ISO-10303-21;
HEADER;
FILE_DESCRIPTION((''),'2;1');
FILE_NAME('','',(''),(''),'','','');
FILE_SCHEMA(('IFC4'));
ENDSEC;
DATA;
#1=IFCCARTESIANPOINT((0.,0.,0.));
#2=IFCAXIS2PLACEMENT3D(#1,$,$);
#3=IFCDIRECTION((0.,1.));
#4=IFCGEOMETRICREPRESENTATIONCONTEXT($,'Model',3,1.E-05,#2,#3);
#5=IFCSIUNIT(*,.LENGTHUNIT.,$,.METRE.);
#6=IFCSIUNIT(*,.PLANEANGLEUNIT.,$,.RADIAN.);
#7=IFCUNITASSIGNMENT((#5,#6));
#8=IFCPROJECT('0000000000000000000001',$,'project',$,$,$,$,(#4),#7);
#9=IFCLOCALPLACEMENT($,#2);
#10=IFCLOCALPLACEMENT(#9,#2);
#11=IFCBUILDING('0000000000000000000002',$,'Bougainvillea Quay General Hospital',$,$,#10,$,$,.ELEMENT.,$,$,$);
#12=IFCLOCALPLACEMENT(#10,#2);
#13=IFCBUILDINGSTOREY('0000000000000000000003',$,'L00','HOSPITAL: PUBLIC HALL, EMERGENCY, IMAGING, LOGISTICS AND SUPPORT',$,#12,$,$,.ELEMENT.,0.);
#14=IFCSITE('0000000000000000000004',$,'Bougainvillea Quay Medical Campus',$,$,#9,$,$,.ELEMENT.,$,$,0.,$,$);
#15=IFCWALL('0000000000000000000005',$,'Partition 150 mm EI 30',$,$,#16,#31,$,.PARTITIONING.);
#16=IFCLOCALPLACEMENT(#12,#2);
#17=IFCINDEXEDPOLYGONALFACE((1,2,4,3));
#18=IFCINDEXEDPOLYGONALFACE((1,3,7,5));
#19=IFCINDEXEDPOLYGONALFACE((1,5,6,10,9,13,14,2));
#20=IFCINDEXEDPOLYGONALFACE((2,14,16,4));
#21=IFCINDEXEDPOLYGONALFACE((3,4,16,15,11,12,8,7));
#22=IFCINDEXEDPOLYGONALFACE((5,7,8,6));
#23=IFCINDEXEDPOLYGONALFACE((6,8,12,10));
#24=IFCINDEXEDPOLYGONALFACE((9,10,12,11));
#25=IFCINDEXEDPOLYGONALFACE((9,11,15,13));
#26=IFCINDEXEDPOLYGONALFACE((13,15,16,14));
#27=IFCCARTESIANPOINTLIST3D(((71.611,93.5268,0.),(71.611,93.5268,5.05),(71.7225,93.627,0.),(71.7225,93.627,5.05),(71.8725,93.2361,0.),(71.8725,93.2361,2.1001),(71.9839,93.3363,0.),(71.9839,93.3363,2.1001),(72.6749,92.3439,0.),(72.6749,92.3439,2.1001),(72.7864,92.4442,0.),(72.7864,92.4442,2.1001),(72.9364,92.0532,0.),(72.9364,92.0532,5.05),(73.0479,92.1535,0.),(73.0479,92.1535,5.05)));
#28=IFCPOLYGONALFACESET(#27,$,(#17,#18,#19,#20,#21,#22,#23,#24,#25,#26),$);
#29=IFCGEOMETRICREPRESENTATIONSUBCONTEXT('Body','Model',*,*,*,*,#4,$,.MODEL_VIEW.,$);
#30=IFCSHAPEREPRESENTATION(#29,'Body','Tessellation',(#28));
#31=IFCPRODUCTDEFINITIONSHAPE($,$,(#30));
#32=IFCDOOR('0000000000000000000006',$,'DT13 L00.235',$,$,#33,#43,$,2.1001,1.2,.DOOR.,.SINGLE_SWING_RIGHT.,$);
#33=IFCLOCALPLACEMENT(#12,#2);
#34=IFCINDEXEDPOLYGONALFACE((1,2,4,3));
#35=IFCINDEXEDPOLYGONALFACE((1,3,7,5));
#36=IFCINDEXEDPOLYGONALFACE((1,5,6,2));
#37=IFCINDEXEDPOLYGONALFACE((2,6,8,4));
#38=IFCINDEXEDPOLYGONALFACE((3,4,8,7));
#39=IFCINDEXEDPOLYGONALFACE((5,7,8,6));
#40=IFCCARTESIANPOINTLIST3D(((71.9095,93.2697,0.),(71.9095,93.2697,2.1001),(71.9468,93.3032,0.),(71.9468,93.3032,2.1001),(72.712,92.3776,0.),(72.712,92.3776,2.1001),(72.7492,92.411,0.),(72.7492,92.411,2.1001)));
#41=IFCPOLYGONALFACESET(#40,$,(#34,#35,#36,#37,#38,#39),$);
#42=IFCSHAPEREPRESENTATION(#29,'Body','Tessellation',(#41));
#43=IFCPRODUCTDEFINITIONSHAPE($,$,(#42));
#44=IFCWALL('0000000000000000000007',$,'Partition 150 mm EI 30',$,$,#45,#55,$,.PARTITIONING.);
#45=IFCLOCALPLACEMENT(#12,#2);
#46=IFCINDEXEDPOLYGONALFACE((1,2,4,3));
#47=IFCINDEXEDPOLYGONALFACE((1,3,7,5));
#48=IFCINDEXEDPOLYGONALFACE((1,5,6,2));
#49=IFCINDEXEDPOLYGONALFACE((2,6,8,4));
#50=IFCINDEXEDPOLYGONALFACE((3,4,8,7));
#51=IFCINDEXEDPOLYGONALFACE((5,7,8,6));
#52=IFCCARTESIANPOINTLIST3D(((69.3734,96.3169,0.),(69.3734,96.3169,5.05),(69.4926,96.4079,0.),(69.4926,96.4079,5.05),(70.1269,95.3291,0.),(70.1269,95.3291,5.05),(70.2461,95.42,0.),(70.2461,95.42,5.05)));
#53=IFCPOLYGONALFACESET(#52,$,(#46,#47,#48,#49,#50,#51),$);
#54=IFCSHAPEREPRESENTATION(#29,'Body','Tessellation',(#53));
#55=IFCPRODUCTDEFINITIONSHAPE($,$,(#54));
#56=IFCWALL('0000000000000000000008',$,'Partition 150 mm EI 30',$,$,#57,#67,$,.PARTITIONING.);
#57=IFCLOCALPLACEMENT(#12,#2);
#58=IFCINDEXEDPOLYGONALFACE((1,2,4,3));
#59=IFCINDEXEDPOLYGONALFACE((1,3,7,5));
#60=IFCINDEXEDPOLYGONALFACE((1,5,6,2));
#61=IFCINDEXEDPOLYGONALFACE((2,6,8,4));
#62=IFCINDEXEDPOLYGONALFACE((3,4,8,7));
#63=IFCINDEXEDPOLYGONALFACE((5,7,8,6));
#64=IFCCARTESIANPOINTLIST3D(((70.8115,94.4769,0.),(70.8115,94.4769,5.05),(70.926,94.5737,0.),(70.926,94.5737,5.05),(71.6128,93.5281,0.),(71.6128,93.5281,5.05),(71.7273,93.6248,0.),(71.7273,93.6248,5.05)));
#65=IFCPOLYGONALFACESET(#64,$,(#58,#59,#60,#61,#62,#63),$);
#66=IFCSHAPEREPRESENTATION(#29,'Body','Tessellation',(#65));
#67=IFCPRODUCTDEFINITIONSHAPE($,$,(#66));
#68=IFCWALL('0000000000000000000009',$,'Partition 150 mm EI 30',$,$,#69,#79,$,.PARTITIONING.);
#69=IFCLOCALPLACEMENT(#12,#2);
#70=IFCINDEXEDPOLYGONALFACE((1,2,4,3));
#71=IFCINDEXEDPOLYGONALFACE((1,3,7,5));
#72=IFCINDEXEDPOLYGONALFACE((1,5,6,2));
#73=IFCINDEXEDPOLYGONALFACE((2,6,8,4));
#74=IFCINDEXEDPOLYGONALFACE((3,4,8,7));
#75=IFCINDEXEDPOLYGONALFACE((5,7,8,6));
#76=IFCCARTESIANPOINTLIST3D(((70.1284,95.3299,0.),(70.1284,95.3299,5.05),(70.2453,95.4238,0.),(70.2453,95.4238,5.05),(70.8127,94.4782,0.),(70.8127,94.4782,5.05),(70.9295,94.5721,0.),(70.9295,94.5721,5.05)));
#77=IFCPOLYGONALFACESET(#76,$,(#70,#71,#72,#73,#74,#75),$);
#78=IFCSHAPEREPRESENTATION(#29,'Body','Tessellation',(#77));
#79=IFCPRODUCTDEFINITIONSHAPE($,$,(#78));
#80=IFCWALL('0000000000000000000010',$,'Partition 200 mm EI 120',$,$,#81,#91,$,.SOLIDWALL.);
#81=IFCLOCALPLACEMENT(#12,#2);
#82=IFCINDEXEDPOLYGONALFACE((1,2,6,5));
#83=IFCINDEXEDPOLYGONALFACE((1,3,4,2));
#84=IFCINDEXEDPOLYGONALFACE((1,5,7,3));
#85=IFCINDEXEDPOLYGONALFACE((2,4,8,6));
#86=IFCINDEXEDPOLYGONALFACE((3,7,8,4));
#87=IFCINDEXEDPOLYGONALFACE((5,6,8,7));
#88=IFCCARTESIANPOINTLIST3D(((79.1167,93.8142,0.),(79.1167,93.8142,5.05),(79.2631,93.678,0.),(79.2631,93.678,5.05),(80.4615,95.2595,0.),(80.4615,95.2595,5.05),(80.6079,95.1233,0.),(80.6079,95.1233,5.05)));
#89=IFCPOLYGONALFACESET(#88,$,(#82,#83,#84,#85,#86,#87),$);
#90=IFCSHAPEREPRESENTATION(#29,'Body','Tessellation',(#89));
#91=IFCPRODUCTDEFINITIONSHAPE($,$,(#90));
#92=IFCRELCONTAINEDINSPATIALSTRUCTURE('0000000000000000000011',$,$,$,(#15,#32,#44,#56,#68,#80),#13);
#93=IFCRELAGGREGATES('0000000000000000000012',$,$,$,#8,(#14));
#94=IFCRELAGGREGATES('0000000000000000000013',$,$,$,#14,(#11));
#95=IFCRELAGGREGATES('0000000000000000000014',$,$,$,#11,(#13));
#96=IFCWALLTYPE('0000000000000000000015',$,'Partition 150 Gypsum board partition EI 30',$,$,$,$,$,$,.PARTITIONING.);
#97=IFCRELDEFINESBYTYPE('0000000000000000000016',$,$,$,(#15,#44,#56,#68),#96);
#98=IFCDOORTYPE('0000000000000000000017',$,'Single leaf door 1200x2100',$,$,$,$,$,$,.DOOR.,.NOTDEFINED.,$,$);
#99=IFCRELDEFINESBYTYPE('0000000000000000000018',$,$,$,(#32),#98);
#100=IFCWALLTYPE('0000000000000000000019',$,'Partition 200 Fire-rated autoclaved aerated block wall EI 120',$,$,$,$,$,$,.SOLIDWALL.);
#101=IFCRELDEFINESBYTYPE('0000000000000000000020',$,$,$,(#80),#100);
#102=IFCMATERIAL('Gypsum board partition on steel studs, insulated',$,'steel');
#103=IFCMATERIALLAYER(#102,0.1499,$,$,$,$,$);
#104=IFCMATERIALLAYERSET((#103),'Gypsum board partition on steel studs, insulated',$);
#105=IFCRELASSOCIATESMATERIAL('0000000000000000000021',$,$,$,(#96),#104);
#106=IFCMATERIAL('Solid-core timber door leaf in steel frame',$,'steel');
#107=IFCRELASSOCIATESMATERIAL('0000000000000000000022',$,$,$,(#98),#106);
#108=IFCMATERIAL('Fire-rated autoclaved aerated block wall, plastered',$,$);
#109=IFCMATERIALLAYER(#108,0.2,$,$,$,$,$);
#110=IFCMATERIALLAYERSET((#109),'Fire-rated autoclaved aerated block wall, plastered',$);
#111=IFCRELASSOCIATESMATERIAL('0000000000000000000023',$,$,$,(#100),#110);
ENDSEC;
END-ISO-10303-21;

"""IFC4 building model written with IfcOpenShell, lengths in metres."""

from ifc_helpers import new_model, si_unit, direction, frame, frame_2d, origin, place, context, subcontext, project, spatial, rectangle, extrude, material, layer, layer_set, type_object, element, fill, save


model = new_model("IFC4")

# Units and contexts
model_context = context("Model", 3, precision=1e-05, world=origin(), true_north=direction((0.0, 1.0)))
body_context = subcontext(model_context, "Body", "Model", "MODEL_VIEW")
ifc_project = project(units=[si_unit("LENGTHUNIT", "METRE"), si_unit("PLANEANGLEUNIT", "RADIAN")], contexts=[model_context])

# Site, building, storey
site_placement = place(None, origin())
site = spatial("IfcSite", under=ifc_project, at=site_placement, Name="Bougainvillea Quay Medical Campus", CompositionType="ELEMENT", RefElevation=0.0)
building_placement = place(site_placement, origin())
building = spatial("IfcBuilding", under=site, at=building_placement, Name="Bougainvillea Quay General Hospital", CompositionType="ELEMENT")
storey_placement = place(building_placement, origin())
storey = spatial("IfcBuildingStorey", under=building, at=storey_placement, Name="L00", Description="HOSPITAL: PUBLIC HALL, EMERGENCY, IMAGING, LOGISTICS AND SUPPORT", CompositionType="ELEMENT", Elevation=0.0)

# Shared definitions
ifc_material_1 = material(Name="Gypsum board partition on steel studs, insulated", Category="steel")
ifc_layer_1 = layer(ifc_material_1, 0.1499)
ifc_layer_set_1 = layer_set([ifc_layer_1], Name="Gypsum board partition on steel studs, insulated")
wall_type_1 = type_object("IfcWallType", Name="Partition 150 Gypsum board partition EI 30", PredefinedType="PARTITIONING", material=ifc_layer_set_1)

# Shared definitions
ifc_material_2 = material(Name="Solid-core timber door leaf in steel frame", Category="steel")

# Wall, opening, door
wall_1_placement = place(storey_placement, frame((71.6667, 93.5769, 0.0), z_axis=(0.0, 0.0, 1.0), x_axis=(0.668733, -0.743502, 0.0)))
wall_1 = element("IfcWall", 1, at=wall_1_placement, inside=storey, type_object=wall_type_1, Name="Partition 150 mm EI 30", PredefinedType="PARTITIONING", context=body_context, shape_type="SweptSolid", body=[
    extrude(rectangle(XDim=1.9819, YDim=0.1499, at=frame_2d((0.991, 0.0))), origin(), (0.0, 0.0, 1.0), 5.05),
])
opening_1_placement = place(wall_1_placement, frame((0.3909, 0.0, 0.0)))
opening_1 = element("IfcOpeningElement", 2, at=opening_1_placement, cuts=wall_1, PredefinedType="OPENING", context=body_context, shape_type="SweptSolid", body=[
    extrude(rectangle(XDim=1.2, YDim=2.1001, at=frame_2d((0.6001, 1.05))), frame((0.0, 0.085, 0.0), z_axis=(0.0, -1.0, 0.0), x_axis=(1.0, 0.0, 0.0)), (0.0, 0.0, 1.0), 0.1699),
])
door_type_1 = type_object("IfcDoorType", Name="Single leaf door 1200x2100", OperationType="NOTDEFINED", PredefinedType="DOOR", material=ifc_material_2)
door_1_placement = place(opening_1_placement, frame((1.2, 0.0, 0.0), z_axis=(0.0, 0.0, 1.0), x_axis=(-1.0, 0.0, 0.0)))
door_1 = element("IfcDoor", 3, at=door_1_placement, inside=storey, type_object=door_type_1, Name="DT13 L00.235", OperationType="SINGLE_SWING_RIGHT", OverallHeight=2.1001, OverallWidth=1.2, PredefinedType="DOOR", context=body_context, shape_type="SweptSolid", body=[
    extrude(rectangle(XDim=1.2, YDim=2.1001, at=frame_2d((0.6001, 1.05))), frame((0.0, 0.0249, 0.0), z_axis=(0.0, -1.0, 0.0), x_axis=(1.0, 0.0, 0.0)), (0.0, 0.0, 1.0), 0.05),
])
fill(opening_1, door_1)

# Walls
wall_2_placement = place(storey_placement, frame((69.4331, 96.3623, 0.0), z_axis=(0.0, 0.0, 1.0), x_axis=(0.606458, -0.795116, 0.0)))
element("IfcWall", 4, at=wall_2_placement, inside=storey, type_object=wall_type_1, Name="Partition 150 mm EI 30", PredefinedType="PARTITIONING", context=body_context, shape_type="SweptSolid", body=[
    extrude(rectangle(XDim=1.2424, YDim=0.1499, at=frame_2d((0.6211, 0.0))), origin(), (0.0, 0.0, 1.0), 5.05),
])
wall_3_placement = place(storey_placement, frame((70.8687, 94.5254, 0.0), z_axis=(0.0, 0.0, 1.0), x_axis=(0.645237, -0.763983, 0.0)))
element("IfcWall", 5, at=wall_3_placement, inside=storey, type_object=wall_type_1, Name="Partition 150 mm EI 30", PredefinedType="PARTITIONING", context=body_context, shape_type="SweptSolid", body=[
    extrude(rectangle(XDim=1.2419, YDim=0.1499, at=frame_2d((0.6211, 0.0))), origin(), (0.0, 0.0, 1.0), 5.05),
])
wall_4_placement = place(storey_placement, frame((70.1868, 95.377, 0.0), z_axis=(0.0, 0.0, 1.0), x_axis=(0.626301, -0.779581, 0.0)))
element("IfcWall", 6, at=wall_4_placement, inside=storey, type_object=wall_type_1, Name="Partition 150 mm EI 30", PredefinedType="PARTITIONING", context=body_context, shape_type="SweptSolid", body=[
    extrude(rectangle(XDim=1.0925, YDim=0.1499, at=frame_2d((0.5464, 0.0))), origin(), (0.0, 0.0, 1.0), 5.05),
])
ifc_material_3 = material(Name="Fire-rated autoclaved aerated block wall, plastered")
ifc_layer_2 = layer(ifc_material_3, 0.2)
ifc_layer_set_2 = layer_set([ifc_layer_2], Name="Fire-rated autoclaved aerated block wall, plastered")
wall_type_2 = type_object("IfcWallType", Name="Partition 200 Fire-rated autoclaved aerated block wall EI 120", PredefinedType="SOLIDWALL", material=ifc_layer_set_2)
wall_5_placement = place(storey_placement, frame((79.1899, 93.7461, 0.0), z_axis=(0.0, 0.0, 1.0), x_axis=(0.681172, 0.732124, 0.0)))
element("IfcWall", 7, at=wall_5_placement, inside=storey, type_object=wall_type_2, Name="Partition 200 mm EI 120", PredefinedType="SOLIDWALL", context=body_context, shape_type="SweptSolid", body=[
    extrude(rectangle(XDim=1.9741, YDim=0.2, at=frame_2d((0.9871, 0.0))), origin(), (0.0, 0.0, 1.0), 5.05),
])

save(model, "model.ifc")
